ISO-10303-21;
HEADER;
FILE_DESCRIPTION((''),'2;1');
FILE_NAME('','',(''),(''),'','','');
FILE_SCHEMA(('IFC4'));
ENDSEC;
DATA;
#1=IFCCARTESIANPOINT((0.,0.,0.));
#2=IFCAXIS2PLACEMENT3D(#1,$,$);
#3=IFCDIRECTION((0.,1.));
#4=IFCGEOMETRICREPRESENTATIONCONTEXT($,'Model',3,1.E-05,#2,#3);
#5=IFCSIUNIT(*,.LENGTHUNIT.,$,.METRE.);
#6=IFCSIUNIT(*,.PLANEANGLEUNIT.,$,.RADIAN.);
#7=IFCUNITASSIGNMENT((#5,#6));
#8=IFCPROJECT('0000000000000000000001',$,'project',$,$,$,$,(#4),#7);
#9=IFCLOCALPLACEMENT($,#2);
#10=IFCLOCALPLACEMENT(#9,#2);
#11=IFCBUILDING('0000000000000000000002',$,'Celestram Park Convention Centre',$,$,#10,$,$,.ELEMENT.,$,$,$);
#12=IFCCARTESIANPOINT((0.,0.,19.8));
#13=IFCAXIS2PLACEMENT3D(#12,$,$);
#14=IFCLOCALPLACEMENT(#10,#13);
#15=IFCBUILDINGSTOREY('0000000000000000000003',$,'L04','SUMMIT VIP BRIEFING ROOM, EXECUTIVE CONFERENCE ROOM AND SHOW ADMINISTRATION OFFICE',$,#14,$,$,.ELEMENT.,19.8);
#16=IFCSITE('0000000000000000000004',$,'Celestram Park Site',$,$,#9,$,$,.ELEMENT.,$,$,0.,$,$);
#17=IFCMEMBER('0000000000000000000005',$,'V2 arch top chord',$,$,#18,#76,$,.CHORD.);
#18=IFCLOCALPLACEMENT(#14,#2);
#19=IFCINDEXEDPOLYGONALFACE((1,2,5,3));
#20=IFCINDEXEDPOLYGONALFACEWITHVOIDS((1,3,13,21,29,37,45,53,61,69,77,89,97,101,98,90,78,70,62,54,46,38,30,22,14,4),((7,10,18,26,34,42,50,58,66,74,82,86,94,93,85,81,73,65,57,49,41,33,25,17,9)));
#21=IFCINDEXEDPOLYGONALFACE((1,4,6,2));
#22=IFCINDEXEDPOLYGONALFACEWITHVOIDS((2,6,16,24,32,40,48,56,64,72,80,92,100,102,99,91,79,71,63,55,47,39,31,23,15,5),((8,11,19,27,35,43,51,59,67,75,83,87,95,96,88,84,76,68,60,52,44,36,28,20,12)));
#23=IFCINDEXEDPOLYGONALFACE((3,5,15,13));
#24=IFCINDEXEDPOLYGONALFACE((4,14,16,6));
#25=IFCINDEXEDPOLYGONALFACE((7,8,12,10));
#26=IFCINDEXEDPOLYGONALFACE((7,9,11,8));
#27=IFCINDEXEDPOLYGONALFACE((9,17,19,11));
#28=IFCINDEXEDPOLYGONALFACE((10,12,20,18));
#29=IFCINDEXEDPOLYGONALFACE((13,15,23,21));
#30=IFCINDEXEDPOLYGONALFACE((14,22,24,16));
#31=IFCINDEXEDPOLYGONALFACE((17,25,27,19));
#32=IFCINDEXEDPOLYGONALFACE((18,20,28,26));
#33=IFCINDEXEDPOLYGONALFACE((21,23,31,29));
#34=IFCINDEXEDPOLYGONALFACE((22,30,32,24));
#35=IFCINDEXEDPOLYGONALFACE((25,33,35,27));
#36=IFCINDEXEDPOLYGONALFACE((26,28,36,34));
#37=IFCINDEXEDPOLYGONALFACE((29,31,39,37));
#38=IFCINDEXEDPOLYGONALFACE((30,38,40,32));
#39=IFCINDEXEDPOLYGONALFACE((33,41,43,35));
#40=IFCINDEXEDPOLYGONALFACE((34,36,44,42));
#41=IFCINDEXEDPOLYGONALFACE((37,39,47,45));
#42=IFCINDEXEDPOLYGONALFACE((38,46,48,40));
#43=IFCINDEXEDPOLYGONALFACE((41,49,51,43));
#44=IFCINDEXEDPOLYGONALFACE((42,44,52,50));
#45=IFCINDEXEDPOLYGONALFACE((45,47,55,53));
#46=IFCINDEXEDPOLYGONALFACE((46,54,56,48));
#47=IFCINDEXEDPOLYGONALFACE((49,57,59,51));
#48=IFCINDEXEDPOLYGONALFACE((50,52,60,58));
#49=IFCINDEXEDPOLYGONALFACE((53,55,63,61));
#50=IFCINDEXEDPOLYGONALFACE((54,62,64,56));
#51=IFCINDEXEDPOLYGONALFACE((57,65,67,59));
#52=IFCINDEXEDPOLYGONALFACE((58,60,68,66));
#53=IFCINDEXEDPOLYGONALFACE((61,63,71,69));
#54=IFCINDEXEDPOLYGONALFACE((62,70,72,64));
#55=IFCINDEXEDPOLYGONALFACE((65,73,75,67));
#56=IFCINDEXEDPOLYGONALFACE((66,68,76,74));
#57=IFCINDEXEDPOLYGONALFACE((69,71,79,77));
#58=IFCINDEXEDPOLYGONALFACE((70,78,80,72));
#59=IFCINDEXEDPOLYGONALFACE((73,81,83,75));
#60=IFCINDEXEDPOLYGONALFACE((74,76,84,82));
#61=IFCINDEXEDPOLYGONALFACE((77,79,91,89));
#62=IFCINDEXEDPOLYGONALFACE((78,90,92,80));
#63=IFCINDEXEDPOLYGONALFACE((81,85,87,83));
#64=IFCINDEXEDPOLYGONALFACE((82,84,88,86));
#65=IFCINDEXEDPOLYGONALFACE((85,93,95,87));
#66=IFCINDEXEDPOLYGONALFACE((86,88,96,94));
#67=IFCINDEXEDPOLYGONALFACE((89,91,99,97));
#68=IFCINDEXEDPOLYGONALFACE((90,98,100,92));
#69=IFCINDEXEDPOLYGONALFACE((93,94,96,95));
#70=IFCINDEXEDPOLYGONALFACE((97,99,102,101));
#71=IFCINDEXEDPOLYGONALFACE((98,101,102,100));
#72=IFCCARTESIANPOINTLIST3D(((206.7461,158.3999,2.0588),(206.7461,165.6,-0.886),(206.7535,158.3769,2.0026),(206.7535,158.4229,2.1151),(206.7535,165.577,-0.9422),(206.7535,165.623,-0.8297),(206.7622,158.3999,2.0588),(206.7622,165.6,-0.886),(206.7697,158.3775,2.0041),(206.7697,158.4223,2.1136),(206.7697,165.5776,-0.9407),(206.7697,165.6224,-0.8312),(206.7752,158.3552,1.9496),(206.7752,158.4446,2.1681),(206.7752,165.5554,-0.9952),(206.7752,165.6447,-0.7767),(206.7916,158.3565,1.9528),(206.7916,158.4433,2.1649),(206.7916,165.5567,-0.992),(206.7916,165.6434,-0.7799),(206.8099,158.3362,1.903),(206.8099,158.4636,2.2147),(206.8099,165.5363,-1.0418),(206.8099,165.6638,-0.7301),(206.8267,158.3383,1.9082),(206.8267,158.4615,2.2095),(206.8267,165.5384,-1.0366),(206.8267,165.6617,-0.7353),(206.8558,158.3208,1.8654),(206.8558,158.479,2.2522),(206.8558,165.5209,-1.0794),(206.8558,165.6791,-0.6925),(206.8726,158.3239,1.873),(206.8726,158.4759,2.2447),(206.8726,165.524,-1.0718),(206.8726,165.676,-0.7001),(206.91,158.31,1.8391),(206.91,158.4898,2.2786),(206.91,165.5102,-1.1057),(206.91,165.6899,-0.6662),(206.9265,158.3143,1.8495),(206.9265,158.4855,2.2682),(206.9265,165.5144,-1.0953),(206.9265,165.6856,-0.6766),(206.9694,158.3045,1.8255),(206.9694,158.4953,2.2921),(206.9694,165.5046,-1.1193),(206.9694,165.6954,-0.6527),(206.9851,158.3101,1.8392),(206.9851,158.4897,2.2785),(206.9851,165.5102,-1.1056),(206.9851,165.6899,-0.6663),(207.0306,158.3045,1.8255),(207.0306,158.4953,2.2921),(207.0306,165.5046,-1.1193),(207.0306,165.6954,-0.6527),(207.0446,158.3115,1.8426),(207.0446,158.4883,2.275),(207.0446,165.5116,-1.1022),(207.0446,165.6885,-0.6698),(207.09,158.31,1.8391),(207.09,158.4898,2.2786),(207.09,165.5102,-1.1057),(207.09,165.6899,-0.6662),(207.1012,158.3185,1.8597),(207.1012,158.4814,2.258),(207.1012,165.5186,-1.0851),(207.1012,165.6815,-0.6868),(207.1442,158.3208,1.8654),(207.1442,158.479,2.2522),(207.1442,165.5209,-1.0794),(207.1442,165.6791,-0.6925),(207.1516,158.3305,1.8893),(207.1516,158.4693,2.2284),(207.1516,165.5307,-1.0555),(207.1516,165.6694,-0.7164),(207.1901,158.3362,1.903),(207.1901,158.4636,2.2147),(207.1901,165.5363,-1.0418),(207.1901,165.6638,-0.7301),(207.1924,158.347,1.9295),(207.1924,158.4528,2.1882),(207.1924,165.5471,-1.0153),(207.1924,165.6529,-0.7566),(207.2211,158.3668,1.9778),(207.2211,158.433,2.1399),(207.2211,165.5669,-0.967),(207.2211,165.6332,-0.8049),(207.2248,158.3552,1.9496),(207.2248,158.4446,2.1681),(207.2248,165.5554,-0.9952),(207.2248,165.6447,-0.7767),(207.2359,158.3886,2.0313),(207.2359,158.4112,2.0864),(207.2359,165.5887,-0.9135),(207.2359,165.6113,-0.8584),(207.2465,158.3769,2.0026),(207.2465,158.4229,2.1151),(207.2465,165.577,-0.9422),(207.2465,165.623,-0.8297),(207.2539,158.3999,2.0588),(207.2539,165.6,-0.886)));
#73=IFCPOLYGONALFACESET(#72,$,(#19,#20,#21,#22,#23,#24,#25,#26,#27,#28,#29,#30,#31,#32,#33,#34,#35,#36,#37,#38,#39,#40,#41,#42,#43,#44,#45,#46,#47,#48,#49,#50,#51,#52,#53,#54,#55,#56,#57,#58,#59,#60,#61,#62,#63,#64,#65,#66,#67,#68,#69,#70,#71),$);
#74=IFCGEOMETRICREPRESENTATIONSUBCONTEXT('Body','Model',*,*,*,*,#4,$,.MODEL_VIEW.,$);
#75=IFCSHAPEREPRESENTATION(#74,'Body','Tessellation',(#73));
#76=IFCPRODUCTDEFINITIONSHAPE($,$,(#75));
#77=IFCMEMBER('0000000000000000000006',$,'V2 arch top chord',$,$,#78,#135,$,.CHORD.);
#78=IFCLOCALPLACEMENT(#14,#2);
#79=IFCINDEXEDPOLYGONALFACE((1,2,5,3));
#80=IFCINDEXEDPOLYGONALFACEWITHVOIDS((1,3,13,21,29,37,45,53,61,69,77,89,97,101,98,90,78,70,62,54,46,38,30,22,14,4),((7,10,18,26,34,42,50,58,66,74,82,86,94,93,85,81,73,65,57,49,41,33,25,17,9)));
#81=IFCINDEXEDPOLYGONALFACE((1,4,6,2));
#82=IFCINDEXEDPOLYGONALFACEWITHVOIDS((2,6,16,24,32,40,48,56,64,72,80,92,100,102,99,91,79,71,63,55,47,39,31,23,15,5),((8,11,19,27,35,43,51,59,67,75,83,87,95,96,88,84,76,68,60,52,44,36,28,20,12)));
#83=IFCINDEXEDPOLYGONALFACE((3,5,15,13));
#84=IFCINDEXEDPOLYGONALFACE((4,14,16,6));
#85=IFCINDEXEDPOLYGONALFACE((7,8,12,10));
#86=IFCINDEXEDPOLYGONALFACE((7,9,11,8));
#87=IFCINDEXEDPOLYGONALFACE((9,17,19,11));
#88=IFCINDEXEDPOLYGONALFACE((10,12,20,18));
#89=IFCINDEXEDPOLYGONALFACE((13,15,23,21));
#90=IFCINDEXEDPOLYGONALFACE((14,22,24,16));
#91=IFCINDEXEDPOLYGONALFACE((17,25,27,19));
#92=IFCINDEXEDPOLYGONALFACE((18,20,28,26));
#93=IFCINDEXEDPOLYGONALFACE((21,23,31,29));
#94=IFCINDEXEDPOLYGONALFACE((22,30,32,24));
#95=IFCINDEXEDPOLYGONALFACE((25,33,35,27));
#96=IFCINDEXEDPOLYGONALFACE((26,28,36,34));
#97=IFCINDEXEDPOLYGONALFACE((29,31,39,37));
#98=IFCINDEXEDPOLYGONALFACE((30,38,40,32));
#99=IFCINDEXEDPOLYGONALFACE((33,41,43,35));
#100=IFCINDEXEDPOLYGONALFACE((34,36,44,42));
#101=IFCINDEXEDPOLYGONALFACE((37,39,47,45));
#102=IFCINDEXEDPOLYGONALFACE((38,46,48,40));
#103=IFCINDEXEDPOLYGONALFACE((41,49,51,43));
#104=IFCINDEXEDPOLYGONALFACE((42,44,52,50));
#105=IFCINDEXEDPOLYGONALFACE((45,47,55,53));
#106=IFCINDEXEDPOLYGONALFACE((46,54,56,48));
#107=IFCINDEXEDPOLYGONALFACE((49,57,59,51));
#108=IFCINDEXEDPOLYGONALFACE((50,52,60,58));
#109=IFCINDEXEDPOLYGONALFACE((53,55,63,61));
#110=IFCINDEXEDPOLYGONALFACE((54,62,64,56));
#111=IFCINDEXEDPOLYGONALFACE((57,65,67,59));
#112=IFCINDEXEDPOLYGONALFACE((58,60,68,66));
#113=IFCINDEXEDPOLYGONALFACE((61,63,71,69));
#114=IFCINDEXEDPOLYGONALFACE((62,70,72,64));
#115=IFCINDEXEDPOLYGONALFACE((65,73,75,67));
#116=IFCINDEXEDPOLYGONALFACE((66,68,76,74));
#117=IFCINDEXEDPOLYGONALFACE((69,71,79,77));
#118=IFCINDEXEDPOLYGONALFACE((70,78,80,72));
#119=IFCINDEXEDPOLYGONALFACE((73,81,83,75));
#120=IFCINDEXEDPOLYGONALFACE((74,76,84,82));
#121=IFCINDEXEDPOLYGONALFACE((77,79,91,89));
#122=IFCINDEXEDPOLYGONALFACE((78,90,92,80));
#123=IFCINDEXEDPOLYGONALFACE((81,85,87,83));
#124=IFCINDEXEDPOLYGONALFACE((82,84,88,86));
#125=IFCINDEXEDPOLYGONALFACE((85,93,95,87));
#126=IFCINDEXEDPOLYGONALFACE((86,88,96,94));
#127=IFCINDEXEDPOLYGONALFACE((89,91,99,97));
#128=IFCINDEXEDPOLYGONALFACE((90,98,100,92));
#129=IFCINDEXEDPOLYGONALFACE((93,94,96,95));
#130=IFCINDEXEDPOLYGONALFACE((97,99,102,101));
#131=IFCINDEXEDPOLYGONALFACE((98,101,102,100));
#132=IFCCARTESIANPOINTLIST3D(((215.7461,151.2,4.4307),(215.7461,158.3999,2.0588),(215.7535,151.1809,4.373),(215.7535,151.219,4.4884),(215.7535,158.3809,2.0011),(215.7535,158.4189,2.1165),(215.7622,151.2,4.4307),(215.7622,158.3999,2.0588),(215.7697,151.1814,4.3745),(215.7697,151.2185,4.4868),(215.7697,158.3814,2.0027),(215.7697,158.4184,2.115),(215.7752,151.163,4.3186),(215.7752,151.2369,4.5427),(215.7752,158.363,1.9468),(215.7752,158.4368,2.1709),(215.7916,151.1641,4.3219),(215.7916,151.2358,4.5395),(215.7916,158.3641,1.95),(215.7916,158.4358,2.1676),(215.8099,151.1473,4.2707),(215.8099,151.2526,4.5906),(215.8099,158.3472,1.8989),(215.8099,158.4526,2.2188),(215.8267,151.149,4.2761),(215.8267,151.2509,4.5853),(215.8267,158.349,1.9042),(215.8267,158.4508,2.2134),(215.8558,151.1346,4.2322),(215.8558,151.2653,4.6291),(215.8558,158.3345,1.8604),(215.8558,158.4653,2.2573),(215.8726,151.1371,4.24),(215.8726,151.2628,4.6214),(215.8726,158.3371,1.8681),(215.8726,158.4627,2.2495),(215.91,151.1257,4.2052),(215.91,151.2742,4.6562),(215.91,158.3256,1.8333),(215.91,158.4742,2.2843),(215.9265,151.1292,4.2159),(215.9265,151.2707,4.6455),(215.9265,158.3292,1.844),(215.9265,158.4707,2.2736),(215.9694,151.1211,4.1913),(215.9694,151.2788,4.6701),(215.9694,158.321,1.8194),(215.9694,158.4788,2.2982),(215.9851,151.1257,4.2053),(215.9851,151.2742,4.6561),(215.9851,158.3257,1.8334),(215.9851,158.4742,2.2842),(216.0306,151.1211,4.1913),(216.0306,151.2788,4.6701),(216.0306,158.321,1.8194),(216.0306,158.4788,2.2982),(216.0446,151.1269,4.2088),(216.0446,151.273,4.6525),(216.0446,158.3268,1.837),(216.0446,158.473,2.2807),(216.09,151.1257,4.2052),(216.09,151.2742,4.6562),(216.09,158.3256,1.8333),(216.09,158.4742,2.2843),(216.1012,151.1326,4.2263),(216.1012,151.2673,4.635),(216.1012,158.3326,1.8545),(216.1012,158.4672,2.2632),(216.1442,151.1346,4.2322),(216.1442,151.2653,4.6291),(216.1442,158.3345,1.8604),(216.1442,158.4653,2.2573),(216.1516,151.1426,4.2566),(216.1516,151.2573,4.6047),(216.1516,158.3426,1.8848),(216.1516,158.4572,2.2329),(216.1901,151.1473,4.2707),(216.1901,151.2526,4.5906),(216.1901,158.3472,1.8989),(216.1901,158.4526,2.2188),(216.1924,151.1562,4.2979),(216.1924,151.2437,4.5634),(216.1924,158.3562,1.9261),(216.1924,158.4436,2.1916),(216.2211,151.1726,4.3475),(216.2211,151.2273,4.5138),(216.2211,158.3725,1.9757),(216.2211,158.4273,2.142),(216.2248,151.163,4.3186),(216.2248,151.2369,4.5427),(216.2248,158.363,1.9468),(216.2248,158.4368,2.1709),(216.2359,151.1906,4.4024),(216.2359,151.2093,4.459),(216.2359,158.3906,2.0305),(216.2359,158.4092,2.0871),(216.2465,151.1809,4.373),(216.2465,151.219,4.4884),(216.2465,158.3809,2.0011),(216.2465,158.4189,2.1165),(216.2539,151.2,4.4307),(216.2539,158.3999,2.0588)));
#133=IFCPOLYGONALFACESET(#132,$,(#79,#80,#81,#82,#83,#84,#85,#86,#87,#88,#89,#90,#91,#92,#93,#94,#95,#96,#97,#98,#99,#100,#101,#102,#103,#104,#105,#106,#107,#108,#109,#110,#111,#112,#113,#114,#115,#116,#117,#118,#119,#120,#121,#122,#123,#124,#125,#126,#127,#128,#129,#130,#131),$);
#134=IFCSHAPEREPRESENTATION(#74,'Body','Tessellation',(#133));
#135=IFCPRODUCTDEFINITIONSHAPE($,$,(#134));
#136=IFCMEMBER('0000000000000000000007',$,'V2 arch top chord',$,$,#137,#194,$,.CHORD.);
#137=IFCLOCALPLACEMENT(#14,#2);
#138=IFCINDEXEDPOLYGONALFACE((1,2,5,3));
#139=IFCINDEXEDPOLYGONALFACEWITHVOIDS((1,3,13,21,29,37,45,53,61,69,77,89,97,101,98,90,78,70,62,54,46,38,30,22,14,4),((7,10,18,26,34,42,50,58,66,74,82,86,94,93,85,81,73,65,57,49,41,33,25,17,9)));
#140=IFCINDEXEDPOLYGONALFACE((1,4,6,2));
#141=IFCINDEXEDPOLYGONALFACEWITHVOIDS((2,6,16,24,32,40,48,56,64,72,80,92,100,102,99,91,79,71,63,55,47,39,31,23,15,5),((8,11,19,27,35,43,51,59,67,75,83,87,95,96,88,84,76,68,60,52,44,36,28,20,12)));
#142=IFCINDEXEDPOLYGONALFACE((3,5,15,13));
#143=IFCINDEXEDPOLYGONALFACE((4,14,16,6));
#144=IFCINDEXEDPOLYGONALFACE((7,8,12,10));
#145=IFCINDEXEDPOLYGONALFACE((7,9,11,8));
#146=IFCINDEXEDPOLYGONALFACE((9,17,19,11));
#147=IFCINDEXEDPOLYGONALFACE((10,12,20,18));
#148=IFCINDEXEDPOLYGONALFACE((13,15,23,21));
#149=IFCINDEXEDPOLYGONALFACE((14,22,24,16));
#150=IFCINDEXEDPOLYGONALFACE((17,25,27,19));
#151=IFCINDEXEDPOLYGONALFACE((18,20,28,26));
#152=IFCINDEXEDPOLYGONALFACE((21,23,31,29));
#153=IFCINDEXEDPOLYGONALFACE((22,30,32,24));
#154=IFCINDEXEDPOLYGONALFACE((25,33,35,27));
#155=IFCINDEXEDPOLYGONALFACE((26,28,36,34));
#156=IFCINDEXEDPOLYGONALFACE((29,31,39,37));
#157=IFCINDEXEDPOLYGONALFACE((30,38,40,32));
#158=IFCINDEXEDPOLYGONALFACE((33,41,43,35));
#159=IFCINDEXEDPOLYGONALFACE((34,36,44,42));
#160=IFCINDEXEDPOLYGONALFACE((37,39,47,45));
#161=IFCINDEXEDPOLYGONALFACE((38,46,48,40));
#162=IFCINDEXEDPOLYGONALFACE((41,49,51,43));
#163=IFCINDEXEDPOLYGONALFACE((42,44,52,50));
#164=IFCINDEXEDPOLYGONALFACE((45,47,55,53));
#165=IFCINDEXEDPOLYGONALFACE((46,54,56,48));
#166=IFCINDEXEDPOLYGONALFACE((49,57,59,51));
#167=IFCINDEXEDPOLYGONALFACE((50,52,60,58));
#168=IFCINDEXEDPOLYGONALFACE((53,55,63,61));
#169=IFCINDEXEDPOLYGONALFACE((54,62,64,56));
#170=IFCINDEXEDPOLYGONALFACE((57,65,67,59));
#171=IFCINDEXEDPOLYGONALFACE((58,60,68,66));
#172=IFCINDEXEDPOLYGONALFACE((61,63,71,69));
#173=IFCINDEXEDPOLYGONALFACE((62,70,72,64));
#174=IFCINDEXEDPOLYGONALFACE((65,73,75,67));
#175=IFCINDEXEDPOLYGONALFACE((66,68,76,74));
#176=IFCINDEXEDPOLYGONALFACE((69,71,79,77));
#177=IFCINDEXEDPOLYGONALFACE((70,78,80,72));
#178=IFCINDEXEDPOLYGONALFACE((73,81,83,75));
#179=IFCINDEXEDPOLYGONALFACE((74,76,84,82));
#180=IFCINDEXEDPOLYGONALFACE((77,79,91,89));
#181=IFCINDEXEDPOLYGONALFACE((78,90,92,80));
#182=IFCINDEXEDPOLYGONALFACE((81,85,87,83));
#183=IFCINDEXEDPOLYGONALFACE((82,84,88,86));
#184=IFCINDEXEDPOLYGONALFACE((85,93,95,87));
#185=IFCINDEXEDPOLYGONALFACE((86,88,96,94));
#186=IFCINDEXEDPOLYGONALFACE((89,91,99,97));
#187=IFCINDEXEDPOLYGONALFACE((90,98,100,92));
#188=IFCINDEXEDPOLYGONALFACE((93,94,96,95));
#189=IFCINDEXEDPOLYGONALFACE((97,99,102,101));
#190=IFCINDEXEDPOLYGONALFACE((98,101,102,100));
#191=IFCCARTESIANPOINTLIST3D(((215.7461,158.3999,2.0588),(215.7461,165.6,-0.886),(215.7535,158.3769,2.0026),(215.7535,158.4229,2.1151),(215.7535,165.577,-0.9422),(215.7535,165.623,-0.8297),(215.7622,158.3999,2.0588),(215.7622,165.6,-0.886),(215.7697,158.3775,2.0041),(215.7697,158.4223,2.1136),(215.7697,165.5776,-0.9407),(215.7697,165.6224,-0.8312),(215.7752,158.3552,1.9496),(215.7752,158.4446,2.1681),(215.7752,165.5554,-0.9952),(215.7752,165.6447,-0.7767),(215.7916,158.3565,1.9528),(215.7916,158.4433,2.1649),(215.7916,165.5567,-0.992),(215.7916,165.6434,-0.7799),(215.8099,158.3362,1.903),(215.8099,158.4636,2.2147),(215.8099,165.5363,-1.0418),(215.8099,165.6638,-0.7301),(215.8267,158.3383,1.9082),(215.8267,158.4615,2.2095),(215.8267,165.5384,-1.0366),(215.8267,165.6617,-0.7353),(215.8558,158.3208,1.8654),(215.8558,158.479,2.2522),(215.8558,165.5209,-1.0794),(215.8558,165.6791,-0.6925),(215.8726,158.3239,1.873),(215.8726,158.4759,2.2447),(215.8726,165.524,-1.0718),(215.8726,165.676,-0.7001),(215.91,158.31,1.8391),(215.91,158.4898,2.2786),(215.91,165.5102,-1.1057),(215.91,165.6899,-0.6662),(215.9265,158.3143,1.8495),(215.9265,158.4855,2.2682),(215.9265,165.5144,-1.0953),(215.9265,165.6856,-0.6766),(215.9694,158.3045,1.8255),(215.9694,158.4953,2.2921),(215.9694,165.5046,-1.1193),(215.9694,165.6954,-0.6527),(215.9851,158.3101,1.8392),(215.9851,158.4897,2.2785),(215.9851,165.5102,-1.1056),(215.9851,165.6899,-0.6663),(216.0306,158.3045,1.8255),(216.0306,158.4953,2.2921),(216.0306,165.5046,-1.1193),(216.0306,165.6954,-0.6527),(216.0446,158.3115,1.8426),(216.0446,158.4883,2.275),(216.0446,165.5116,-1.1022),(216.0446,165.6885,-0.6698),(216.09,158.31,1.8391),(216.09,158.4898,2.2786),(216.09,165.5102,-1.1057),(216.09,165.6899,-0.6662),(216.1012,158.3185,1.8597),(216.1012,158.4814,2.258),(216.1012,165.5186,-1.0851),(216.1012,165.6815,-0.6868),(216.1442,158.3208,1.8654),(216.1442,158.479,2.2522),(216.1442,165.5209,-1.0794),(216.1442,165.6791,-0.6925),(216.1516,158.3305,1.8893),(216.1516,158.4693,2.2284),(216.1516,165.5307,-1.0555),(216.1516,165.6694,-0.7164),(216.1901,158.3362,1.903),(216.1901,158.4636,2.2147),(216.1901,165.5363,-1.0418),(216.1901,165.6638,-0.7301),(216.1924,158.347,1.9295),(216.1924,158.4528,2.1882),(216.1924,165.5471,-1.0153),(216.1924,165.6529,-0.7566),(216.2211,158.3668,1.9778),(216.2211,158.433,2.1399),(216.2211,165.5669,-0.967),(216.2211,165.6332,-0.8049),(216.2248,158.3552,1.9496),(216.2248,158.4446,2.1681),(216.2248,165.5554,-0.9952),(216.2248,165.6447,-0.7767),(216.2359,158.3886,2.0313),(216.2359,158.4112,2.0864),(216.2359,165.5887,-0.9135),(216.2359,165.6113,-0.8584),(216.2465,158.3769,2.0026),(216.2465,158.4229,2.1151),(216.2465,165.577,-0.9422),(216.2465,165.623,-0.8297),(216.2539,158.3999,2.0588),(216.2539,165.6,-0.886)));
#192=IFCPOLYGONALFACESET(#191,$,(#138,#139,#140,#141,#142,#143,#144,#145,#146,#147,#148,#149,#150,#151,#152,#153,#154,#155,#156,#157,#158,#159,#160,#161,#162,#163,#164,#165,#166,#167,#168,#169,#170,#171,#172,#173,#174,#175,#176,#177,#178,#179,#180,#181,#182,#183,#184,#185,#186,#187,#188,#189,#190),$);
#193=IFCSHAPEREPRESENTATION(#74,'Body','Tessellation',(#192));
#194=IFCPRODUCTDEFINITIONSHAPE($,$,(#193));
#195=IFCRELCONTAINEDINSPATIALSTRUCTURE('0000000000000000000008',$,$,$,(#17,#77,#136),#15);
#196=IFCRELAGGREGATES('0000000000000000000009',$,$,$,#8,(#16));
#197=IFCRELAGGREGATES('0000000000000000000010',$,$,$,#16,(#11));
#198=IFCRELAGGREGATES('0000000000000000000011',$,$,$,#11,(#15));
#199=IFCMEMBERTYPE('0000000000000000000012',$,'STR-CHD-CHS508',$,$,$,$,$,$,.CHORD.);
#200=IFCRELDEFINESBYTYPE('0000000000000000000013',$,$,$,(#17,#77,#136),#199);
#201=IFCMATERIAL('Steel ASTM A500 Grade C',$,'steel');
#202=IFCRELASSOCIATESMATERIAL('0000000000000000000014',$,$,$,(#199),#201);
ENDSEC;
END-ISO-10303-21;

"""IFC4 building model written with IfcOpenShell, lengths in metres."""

from ifc_helpers import new_model, si_unit, direction, frame, origin, origin_2d, place, context, subcontext, project, spatial, hollow_circle, extrude, material, material_profile, profile_set, type_object, element, save


model = new_model("IFC4")

# Units and contexts
model_context = context("Model", 3, precision=1e-05, world=origin(), true_north=direction((0.0, 1.0)))
body_context = subcontext(model_context, "Body", "Model", "MODEL_VIEW")
ifc_project = project(units=[si_unit("LENGTHUNIT", "METRE"), si_unit("PLANEANGLEUNIT", "RADIAN")], contexts=[model_context])

# Site, building, storey
site_placement = place(None, origin())
site = spatial("IfcSite", under=ifc_project, at=site_placement, Name="Celestram Park Site", CompositionType="ELEMENT", RefElevation=0.0)
building_placement = place(site_placement, origin())
building = spatial("IfcBuilding", under=site, at=building_placement, Name="Celestram Park Convention Centre", CompositionType="ELEMENT")
storey_placement = place(building_placement, frame((0.0, 0.0, 19.8)))
storey = spatial("IfcBuildingStorey", under=building, at=storey_placement, Name="L04", Description="SUMMIT VIP BRIEFING ROOM, EXECUTIVE CONFERENCE ROOM AND SHOW ADMINISTRATION OFFICE", CompositionType="ELEMENT", Elevation=19.8)

# Members
ifc_material_1 = material(Name="Steel ASTM A500 Grade C", Category="steel")
ifc_material_profile_1 = material_profile(ifc_material_1, hollow_circle(Radius=0.2539, WallThickness=0.0161, at=origin_2d()), Name="CHS508X16")
ifc_profile_set_1 = profile_set([ifc_material_profile_1], Name="Steel ASTM A500 Grade C")
member_type_1 = type_object("IfcMemberType", Name="STR-CHD-CHS508", PredefinedType="CHORD", material=ifc_profile_set_1)
for number, where, z_axis, x_axis, name in (
    (1, (207.0, 158.3999, 2.0588), (0.0, 0.925579, -0.378555), (-1.0, 0.0, 0.0), "V2 arch top chord"),
):
    element("IfcMember", number, at=place(storey_placement, frame(where, z_axis=z_axis, x_axis=x_axis)), inside=storey, type_object=member_type_1, Name=name, PredefinedType="CHORD", context=body_context, shape_type="SweptSolid", body=[
        extrude(hollow_circle(Radius=0.2539, WallThickness=0.0161, at=origin_2d()), origin(), (0.0, 0.0, 1.0), 7.7791),
    ])
member_1_placement = place(storey_placement, frame((216.0, 151.2, 4.4307), z_axis=(0.0, 0.949792, -0.312883), x_axis=(-1.0, 0.0, 0.0)))
element("IfcMember", 2, at=member_1_placement, inside=storey, type_object=member_type_1, Name="V2 arch top chord", PredefinedType="CHORD", context=body_context, shape_type="SweptSolid", body=[
    extrude(hollow_circle(Radius=0.2539, WallThickness=0.0161, at=origin_2d()), origin(), (0.0, 0.0, 1.0), 7.5806),
])
member_2_placement = place(storey_placement, frame((216.0, 158.3999, 2.0588), z_axis=(0.0, 0.925579, -0.378555), x_axis=(-1.0, 0.0, 0.0)))
element("IfcMember", 3, at=member_2_placement, inside=storey, type_object=member_type_1, Name="V2 arch top chord", PredefinedType="CHORD", context=body_context, shape_type="SweptSolid", body=[
    extrude(hollow_circle(Radius=0.2539, WallThickness=0.0161, at=origin_2d()), origin(), (0.0, 0.0, 1.0), 7.7791),
])

save(model, "model.ifc")
